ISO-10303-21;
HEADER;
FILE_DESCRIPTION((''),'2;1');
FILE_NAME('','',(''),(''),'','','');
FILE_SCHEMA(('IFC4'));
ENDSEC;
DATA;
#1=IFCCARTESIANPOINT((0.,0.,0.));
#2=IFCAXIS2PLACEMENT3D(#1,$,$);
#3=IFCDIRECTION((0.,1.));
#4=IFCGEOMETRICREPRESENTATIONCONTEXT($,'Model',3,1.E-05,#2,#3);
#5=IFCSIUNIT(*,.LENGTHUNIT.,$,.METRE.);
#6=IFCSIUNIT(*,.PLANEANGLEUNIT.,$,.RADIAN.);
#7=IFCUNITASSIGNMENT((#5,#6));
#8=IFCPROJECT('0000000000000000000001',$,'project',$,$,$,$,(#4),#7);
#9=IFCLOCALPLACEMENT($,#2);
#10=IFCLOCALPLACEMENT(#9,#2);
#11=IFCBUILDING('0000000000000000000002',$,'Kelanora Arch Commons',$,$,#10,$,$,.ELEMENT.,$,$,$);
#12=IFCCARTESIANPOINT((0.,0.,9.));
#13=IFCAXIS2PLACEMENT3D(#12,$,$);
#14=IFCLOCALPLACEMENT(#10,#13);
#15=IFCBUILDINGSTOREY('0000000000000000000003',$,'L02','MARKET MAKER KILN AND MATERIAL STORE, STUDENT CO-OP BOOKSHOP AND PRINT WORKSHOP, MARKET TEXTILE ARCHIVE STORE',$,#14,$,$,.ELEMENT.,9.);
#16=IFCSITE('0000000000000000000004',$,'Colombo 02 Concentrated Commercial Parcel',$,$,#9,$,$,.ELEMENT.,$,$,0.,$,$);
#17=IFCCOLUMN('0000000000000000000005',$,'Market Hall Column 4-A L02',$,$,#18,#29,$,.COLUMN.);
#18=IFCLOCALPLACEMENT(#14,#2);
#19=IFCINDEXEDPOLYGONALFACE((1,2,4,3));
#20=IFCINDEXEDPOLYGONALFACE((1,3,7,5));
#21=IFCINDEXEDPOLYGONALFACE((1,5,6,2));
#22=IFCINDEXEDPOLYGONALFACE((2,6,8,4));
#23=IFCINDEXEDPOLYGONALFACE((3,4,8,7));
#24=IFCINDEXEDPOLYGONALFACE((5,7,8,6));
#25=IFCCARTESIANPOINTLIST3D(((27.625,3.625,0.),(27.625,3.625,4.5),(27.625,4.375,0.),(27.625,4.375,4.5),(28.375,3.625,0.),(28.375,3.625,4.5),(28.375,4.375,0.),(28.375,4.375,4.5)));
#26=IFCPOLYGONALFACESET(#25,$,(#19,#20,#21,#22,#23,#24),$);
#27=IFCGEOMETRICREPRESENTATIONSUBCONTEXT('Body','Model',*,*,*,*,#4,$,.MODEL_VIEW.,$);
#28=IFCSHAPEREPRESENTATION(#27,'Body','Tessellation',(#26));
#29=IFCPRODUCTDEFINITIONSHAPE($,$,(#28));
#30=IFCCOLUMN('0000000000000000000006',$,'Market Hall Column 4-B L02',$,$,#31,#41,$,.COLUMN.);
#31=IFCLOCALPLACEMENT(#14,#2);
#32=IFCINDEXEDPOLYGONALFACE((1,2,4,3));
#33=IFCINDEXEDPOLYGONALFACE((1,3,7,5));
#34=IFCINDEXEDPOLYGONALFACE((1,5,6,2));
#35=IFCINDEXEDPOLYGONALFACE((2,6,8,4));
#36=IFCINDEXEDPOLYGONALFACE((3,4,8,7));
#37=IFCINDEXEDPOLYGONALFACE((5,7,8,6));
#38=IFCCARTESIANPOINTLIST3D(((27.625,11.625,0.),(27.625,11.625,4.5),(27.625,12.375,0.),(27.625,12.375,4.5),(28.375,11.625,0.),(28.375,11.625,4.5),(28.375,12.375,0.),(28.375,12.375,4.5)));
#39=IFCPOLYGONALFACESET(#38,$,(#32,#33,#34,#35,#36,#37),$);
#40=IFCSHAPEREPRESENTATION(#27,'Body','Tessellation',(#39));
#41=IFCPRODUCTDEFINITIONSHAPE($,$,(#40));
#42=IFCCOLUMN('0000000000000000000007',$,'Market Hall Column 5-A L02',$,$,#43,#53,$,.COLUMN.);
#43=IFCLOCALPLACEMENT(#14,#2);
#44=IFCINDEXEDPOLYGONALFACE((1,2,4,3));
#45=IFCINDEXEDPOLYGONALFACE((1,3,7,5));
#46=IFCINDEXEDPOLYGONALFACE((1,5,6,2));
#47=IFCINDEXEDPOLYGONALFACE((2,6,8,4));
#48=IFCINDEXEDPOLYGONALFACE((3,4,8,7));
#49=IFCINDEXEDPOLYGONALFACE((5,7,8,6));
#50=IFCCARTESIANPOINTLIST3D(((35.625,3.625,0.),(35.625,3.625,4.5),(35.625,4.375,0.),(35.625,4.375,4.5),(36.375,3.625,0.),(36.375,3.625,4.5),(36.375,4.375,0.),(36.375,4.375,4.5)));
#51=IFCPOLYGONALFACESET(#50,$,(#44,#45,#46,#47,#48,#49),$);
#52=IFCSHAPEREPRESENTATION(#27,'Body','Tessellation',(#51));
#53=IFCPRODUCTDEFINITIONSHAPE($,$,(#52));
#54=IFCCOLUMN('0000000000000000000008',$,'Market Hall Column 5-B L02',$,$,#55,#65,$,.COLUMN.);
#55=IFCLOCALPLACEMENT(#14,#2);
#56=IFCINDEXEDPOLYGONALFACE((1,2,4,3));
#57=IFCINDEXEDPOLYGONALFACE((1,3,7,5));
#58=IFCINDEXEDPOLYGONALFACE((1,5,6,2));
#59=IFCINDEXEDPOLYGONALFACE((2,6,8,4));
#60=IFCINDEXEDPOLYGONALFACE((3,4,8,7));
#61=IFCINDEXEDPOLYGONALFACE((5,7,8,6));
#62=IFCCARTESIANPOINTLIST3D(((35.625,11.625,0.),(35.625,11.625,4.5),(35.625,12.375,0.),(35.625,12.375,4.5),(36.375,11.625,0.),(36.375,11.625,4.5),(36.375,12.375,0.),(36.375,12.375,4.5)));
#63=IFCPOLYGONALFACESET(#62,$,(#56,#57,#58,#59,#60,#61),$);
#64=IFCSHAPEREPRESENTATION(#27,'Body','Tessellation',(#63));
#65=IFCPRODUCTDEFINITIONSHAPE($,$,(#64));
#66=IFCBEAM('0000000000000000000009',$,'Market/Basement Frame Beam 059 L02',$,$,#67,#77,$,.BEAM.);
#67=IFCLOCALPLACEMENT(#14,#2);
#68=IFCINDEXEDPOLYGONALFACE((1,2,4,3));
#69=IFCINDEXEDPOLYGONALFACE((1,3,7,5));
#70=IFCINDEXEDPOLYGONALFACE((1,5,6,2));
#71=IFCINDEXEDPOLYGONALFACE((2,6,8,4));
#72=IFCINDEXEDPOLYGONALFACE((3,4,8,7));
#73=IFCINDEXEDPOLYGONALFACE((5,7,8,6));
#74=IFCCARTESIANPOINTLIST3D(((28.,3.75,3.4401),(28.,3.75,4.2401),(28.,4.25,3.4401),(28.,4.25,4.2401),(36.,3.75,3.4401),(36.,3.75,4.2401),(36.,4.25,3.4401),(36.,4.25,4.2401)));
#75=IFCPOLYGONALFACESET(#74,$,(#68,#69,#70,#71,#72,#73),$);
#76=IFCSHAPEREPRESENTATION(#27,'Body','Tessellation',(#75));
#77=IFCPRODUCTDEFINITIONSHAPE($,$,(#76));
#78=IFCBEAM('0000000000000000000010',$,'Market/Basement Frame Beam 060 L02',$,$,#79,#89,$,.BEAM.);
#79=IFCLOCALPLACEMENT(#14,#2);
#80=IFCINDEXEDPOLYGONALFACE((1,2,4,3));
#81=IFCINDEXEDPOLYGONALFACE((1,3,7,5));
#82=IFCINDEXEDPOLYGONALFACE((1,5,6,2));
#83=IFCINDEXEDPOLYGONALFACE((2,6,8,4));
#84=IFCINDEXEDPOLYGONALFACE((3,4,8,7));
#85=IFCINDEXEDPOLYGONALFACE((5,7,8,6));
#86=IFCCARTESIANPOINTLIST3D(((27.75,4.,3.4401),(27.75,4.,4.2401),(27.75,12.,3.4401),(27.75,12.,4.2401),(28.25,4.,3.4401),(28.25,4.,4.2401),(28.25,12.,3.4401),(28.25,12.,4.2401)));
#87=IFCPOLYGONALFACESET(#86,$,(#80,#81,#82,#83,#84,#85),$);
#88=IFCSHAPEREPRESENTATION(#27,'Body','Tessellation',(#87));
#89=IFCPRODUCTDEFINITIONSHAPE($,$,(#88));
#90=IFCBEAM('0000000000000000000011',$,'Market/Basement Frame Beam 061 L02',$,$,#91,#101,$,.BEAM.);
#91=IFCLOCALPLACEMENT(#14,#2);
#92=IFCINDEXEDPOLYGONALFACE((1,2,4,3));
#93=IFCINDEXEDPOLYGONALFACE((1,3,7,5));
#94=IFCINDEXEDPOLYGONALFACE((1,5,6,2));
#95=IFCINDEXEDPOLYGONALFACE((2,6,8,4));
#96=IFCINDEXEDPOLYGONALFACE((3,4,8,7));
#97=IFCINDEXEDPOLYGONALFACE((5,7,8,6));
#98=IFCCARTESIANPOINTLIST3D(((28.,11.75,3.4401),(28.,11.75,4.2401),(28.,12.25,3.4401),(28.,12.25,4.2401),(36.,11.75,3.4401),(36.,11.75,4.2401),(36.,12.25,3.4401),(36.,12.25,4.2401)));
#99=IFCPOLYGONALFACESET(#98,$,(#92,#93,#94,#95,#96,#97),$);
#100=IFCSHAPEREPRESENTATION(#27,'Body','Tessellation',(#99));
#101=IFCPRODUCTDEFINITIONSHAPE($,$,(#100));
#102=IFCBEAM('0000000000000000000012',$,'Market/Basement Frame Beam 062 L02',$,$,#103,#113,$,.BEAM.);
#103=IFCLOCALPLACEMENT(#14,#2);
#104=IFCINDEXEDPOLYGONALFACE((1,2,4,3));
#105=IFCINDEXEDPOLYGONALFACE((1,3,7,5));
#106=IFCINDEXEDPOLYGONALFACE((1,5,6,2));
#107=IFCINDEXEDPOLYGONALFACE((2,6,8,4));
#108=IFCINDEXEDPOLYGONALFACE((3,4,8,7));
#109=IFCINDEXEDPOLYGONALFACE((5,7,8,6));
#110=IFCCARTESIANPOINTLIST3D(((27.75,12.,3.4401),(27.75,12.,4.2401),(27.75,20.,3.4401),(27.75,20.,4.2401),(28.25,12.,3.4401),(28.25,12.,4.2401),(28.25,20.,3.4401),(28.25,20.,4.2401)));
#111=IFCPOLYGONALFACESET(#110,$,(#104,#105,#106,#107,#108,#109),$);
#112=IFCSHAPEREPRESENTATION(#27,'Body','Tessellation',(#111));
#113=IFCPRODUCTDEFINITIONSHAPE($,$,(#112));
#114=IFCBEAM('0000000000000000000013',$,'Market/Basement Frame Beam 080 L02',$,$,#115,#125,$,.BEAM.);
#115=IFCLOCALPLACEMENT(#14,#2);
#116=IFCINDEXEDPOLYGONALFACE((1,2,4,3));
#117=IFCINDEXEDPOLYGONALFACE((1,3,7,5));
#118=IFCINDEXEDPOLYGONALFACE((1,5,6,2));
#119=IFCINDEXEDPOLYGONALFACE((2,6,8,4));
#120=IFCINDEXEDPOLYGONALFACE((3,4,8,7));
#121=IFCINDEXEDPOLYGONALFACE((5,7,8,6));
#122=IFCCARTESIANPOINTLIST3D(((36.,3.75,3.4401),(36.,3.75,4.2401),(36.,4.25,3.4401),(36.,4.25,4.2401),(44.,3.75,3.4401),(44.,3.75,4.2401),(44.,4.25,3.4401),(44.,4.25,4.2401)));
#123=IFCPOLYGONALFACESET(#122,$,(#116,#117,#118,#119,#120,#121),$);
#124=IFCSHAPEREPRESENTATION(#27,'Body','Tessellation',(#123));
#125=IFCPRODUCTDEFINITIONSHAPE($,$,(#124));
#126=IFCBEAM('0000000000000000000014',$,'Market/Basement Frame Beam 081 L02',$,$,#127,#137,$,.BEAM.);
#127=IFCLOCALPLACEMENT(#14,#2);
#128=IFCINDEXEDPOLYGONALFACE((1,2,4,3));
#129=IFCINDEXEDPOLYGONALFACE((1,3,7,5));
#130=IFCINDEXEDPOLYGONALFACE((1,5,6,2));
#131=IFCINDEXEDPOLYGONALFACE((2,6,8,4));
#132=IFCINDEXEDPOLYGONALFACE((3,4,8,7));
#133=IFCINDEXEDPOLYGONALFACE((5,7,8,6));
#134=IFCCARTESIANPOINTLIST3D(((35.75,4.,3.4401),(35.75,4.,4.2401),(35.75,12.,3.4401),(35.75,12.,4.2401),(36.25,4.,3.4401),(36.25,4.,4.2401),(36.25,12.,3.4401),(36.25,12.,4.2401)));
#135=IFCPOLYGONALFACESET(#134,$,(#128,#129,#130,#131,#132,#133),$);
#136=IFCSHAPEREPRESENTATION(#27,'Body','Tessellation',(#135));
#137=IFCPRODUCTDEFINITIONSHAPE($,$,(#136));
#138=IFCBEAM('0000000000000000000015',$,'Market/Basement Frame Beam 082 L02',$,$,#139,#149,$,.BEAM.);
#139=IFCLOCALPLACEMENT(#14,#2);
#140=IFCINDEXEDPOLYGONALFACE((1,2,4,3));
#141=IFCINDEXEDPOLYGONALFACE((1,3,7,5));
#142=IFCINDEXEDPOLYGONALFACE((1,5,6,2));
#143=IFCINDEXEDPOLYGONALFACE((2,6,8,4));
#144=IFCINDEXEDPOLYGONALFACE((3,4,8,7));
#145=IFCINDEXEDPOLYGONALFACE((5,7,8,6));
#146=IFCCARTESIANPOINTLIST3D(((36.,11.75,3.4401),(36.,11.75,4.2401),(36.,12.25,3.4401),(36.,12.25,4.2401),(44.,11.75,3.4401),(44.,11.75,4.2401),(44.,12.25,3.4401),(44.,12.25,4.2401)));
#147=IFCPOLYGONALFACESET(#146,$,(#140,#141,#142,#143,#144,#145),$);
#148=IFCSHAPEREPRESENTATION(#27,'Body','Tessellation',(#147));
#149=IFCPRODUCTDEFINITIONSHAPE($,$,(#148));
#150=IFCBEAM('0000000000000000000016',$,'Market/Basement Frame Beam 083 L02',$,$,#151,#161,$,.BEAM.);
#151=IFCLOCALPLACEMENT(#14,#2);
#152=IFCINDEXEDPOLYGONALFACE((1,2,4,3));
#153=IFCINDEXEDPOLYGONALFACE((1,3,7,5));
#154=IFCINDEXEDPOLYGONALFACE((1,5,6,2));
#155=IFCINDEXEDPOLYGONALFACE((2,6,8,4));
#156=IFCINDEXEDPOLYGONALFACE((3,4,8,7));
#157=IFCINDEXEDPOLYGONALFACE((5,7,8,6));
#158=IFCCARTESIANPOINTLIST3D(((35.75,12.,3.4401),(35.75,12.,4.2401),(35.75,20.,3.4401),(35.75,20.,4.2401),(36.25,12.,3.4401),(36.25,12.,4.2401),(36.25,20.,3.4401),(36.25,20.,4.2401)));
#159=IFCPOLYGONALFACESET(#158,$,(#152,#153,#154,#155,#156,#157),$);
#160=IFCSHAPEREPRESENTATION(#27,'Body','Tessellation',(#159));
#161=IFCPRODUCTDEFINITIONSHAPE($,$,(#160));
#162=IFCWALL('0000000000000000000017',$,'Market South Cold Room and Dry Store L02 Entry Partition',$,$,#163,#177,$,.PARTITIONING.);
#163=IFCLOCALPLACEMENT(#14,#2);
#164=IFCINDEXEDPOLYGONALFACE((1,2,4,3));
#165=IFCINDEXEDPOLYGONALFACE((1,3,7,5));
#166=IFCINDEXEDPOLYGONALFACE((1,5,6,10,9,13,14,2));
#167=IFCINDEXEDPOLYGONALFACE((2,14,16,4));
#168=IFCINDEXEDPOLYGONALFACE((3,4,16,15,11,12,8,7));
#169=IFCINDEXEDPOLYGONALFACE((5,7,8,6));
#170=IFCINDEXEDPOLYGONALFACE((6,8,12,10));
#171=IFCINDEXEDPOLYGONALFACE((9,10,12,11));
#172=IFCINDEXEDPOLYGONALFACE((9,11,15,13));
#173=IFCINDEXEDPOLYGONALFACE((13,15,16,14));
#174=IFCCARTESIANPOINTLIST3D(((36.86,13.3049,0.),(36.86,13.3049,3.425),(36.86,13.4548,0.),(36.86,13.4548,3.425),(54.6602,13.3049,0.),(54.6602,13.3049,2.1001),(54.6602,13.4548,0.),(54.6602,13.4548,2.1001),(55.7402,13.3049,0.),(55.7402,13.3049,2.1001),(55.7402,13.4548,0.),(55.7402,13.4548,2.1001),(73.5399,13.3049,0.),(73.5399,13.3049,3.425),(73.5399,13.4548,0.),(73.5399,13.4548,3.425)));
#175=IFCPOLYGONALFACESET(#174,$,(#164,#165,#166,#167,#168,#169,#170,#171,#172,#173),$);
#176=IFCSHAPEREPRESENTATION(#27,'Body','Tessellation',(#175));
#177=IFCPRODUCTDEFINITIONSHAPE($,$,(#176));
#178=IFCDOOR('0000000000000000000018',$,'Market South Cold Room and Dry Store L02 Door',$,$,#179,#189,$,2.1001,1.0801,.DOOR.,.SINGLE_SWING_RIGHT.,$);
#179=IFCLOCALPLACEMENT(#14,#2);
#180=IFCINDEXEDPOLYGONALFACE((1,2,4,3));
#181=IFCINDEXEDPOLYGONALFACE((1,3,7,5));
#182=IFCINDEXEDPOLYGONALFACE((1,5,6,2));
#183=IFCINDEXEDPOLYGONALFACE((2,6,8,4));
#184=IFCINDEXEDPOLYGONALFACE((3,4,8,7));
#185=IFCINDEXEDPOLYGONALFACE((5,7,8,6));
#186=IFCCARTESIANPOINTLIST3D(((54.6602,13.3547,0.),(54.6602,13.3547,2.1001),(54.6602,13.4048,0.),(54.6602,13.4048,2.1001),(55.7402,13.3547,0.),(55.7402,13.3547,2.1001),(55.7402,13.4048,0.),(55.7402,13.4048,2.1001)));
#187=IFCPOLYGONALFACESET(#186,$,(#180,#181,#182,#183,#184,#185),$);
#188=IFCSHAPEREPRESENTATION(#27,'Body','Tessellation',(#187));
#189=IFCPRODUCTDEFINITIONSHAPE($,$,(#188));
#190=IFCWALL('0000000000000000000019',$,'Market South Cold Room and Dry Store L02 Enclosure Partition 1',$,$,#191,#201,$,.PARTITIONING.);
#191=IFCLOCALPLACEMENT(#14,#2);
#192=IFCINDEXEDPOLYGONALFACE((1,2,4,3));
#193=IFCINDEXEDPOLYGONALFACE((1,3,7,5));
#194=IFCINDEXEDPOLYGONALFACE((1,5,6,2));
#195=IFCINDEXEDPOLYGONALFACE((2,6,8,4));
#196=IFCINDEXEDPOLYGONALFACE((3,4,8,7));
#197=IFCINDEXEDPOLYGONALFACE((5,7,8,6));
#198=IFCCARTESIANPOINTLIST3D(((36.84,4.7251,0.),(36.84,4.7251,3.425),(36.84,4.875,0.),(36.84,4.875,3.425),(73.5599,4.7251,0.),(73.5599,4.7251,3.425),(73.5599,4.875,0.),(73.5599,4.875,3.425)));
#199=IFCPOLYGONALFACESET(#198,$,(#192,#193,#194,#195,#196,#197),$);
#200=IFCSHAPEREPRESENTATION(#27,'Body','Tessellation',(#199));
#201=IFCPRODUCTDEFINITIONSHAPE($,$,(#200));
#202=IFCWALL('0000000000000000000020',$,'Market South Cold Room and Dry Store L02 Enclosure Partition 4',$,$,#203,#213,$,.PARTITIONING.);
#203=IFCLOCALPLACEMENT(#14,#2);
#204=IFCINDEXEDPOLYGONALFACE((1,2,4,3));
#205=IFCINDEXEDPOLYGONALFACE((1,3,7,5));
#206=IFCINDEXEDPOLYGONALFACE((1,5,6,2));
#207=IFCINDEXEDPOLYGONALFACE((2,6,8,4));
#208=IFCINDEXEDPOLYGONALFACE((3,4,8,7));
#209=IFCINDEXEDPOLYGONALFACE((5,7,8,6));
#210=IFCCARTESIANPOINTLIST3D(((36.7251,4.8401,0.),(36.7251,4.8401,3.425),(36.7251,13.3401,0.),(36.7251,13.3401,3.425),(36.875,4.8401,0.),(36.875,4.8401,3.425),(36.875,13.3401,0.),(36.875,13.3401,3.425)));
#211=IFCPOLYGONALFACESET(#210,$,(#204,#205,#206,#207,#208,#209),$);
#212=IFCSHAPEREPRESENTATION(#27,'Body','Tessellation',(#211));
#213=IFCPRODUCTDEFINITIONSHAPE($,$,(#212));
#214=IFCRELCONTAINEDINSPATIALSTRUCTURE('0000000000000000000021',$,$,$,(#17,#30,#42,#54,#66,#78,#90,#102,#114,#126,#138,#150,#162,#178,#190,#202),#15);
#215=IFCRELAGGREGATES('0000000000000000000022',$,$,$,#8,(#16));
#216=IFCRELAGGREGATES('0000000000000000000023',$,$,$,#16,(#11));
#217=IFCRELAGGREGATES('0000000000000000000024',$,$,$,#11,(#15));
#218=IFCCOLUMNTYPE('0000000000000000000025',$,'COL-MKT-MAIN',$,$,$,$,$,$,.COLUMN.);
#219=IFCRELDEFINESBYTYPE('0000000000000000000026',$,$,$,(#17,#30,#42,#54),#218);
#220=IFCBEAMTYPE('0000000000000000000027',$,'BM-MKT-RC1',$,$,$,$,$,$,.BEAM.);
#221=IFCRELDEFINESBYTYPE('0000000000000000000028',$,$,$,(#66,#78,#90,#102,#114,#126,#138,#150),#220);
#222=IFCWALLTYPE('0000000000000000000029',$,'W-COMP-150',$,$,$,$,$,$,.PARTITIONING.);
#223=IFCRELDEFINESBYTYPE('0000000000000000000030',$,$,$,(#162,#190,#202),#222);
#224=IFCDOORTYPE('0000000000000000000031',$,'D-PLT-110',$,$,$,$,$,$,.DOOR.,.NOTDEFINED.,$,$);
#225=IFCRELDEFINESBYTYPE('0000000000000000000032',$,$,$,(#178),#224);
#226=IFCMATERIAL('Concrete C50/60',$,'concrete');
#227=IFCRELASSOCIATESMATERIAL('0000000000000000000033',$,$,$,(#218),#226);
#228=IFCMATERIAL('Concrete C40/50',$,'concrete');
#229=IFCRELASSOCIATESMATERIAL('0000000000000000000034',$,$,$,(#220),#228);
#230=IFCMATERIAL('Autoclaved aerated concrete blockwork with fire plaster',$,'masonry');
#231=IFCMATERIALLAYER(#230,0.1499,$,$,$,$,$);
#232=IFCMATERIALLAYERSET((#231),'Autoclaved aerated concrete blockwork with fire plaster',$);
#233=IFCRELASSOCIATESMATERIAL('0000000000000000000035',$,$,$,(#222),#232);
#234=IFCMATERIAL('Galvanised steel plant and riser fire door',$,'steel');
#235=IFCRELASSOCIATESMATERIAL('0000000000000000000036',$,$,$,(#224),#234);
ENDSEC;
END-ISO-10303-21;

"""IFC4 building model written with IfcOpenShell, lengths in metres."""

from ifc_helpers import new_model, si_unit, direction, frame, frame_2d, origin, origin_2d, place, context, subcontext, project, spatial, rectangle, extrude, material, layer, layer_set, material_profile, profile_set, type_object, element, fill, save


model = new_model("IFC4")

# Units and contexts
model_context = context("Model", 3, precision=1e-05, world=origin(), true_north=direction((0.0, 1.0)))
body_context = subcontext(model_context, "Body", "Model", "MODEL_VIEW")
ifc_project = project(units=[si_unit("LENGTHUNIT", "METRE"), si_unit("PLANEANGLEUNIT", "RADIAN")], contexts=[model_context])

# Site, building, storey
site_placement = place(None, origin())
site = spatial("IfcSite", under=ifc_project, at=site_placement, Name="Colombo 02 Concentrated Commercial Parcel", CompositionType="ELEMENT", RefElevation=0.0)
building_placement = place(site_placement, origin())
building = spatial("IfcBuilding", under=site, at=building_placement, Name="Kelanora Arch Commons", CompositionType="ELEMENT")
storey_placement = place(building_placement, frame((0.0, 0.0, 9.0)))
storey = spatial("IfcBuildingStorey", under=building, at=storey_placement, Name="L02", Description="MARKET MAKER KILN AND MATERIAL STORE, STUDENT CO-OP BOOKSHOP AND PRINT WORKSHOP, MARKET TEXTILE ARCHIVE STORE", CompositionType="ELEMENT", Elevation=9.0)

# Columns
ifc_material_1 = material(Name="Concrete C50/60", Category="concrete")
ifc_material_profile_1 = material_profile(ifc_material_1, rectangle(XDim=0.75, YDim=0.75, at=origin_2d()), Name="RC750x750")
ifc_profile_set_1 = profile_set([ifc_material_profile_1], Name="Concrete C50/60")
column_type = type_object("IfcColumnType", Name="COL-MKT-MAIN", PredefinedType="COLUMN", material=ifc_profile_set_1)
for number, where, z_axis, x_axis, name in (
    (1, (28.0, 4.0, 0.0), (0.0, 0.0, 1.0), (1.0, 0.0, 0.0), "Market Hall Column 4-A L02"),
    (2, (28.0, 12.0, 0.0), (0.0, 0.0, 1.0), (1.0, 0.0, 0.0), "Market Hall Column 4-B L02"),
    (3, (36.0, 4.0, 0.0), (0.0, 0.0, 1.0), (1.0, 0.0, 0.0), "Market Hall Column 5-A L02"),
    (4, (36.0, 12.0, 0.0), (0.0, 0.0, 1.0), (1.0, 0.0, 0.0), "Market Hall Column 5-B L02"),
):
    element("IfcColumn", number, at=place(storey_placement, frame(where, z_axis=z_axis, x_axis=x_axis)), inside=storey, type_object=column_type, Name=name, PredefinedType="COLUMN", context=body_context, shape_type="SweptSolid", body=[
        extrude(rectangle(XDim=0.75, YDim=0.75, at=origin_2d()), origin(), (0.0, 0.0, 1.0), 4.5),
    ])

# Beams
ifc_material_2 = material(Name="Concrete C40/50", Category="concrete")
ifc_material_profile_2 = material_profile(ifc_material_2, rectangle(XDim=0.5, YDim=0.8, at=origin_2d()), Name="RCB500x800")
ifc_profile_set_2 = profile_set([ifc_material_profile_2], Name="Concrete C40/50")
beam_type = type_object("IfcBeamType", Name="BM-MKT-RC1", PredefinedType="BEAM", material=ifc_profile_set_2)
for number, where, z_axis, x_axis, name in (
    (5, (28.0, 4.0, 3.8401), (1.0, 0.0, 0.0), (0.0, 1.0, 0.0), "Market/Basement Frame Beam 059 L02"),
    (6, (28.0, 4.0, 3.8401), (0.0, 1.0, 0.0), (-1.0, 0.0, 0.0), "Market/Basement Frame Beam 060 L02"),
    (7, (28.0, 12.0, 3.8401), (1.0, 0.0, 0.0), (0.0, 1.0, 0.0), "Market/Basement Frame Beam 061 L02"),
    (8, (28.0, 12.0, 3.8401), (0.0, 1.0, 0.0), (-1.0, 0.0, 0.0), "Market/Basement Frame Beam 062 L02"),
    (9, (36.0, 4.0, 3.8401), (1.0, 0.0, 0.0), (0.0, 1.0, 0.0), "Market/Basement Frame Beam 080 L02"),
    (10, (36.0, 4.0, 3.8401), (0.0, 1.0, 0.0), (-1.0, 0.0, 0.0), "Market/Basement Frame Beam 081 L02"),
    (11, (36.0, 12.0, 3.8401), (1.0, 0.0, 0.0), (0.0, 1.0, 0.0), "Market/Basement Frame Beam 082 L02"),
    (12, (36.0, 12.0, 3.8401), (0.0, 1.0, 0.0), (-1.0, 0.0, 0.0), "Market/Basement Frame Beam 083 L02"),
):
    element("IfcBeam", number, at=place(storey_placement, frame(where, z_axis=z_axis, x_axis=x_axis)), inside=storey, type_object=beam_type, Name=name, PredefinedType="BEAM", context=body_context, shape_type="SweptSolid", body=[
        extrude(rectangle(XDim=0.5, YDim=0.8, at=origin_2d()), origin(), (0.0, 0.0, 1.0), 8.0),
    ])

# Wall, opening, door
ifc_material_3 = material(Name="Autoclaved aerated concrete blockwork with fire plaster", Category="masonry")
ifc_layer_1 = layer(ifc_material_3, 0.1499)
ifc_layer_set_1 = layer_set([ifc_layer_1], Name="Autoclaved aerated concrete blockwork with fire plaster")
wall_type_1 = type_object("IfcWallType", Name="W-COMP-150", PredefinedType="PARTITIONING", material=ifc_layer_set_1)
wall_1_placement = place(storey_placement, frame((36.8601, 13.3799, 0.0), z_axis=(0.0, 0.0, 1.0), x_axis=(1.0, 0.0, 0.0)))
wall_1 = element("IfcWall", 13, at=wall_1_placement, inside=storey, type_object=wall_type_1, Name="Market South Cold Room and Dry Store L02 Entry Partition", PredefinedType="PARTITIONING", context=body_context, shape_type="SweptSolid", body=[
    extrude(rectangle(XDim=36.6799, YDim=0.1499, at=frame_2d((18.3398, 0.0))), origin(), (0.0, 0.0, 1.0), 3.425),
])
opening_1_placement = place(wall_1_placement, frame((17.8, 0.0, 0.0)))
opening_1 = element("IfcOpeningElement", 14, at=opening_1_placement, cuts=wall_1, PredefinedType="OPENING", context=body_context, shape_type="SweptSolid", body=[
    extrude(rectangle(XDim=1.0801, YDim=2.1001, at=frame_2d((0.54, 1.05))), frame((0.0, 0.085, 0.0), z_axis=(0.0, -1.0, 0.0), x_axis=(1.0, 0.0, 0.0)), (0.0, 0.0, 1.0), 0.1699),
])
ifc_material_4 = material(Name="Galvanised steel plant and riser fire door", Category="steel")
door_type_1 = type_object("IfcDoorType", Name="D-PLT-110", OperationType="NOTDEFINED", PredefinedType="DOOR", material=ifc_material_4)
door_1_placement = place(opening_1_placement, origin())
door_1 = element("IfcDoor", 15, at=door_1_placement, inside=storey, type_object=door_type_1, Name="Market South Cold Room and Dry Store L02 Door", OperationType="SINGLE_SWING_RIGHT", OverallHeight=2.1001, OverallWidth=1.0801, PredefinedType="DOOR", context=body_context, shape_type="SweptSolid", body=[
    extrude(rectangle(XDim=1.0801, YDim=2.1001, at=frame_2d((0.54, 1.05))), frame((0.0, 0.0249, 0.0), z_axis=(0.0, -1.0, 0.0), x_axis=(1.0, 0.0, 0.0)), (0.0, 0.0, 1.0), 0.05),
])
fill(opening_1, door_1)

# Walls
wall_2_placement = place(storey_placement, frame((36.8401, 4.8, 0.0), z_axis=(0.0, 0.0, 1.0), x_axis=(1.0, 0.0, 0.0)))
element("IfcWall", 16, at=wall_2_placement, inside=storey, type_object=wall_type_1, Name="Market South Cold Room and Dry Store L02 Enclosure Partition 1", PredefinedType="PARTITIONING", context=body_context, shape_type="SweptSolid", body=[
    extrude(rectangle(XDim=36.72, YDim=0.1499, at=frame_2d((18.3599, 0.0))), origin(), (0.0, 0.0, 1.0), 3.425),
])
wall_3_placement = place(storey_placement, frame((36.8, 13.3401, 0.0), z_axis=(0.0, 0.0, 1.0), x_axis=(0.0, -1.0, 0.0)))
element("IfcWall", 17, at=wall_3_placement, inside=storey, type_object=wall_type_1, Name="Market South Cold Room and Dry Store L02 Enclosure Partition 4", PredefinedType="PARTITIONING", context=body_context, shape_type="SweptSolid", body=[
    extrude(rectangle(XDim=8.5, YDim=0.1499, at=frame_2d((4.25, 0.0))), origin(), (0.0, 0.0, 1.0), 3.425),
])

save(model, "model.ifc")
